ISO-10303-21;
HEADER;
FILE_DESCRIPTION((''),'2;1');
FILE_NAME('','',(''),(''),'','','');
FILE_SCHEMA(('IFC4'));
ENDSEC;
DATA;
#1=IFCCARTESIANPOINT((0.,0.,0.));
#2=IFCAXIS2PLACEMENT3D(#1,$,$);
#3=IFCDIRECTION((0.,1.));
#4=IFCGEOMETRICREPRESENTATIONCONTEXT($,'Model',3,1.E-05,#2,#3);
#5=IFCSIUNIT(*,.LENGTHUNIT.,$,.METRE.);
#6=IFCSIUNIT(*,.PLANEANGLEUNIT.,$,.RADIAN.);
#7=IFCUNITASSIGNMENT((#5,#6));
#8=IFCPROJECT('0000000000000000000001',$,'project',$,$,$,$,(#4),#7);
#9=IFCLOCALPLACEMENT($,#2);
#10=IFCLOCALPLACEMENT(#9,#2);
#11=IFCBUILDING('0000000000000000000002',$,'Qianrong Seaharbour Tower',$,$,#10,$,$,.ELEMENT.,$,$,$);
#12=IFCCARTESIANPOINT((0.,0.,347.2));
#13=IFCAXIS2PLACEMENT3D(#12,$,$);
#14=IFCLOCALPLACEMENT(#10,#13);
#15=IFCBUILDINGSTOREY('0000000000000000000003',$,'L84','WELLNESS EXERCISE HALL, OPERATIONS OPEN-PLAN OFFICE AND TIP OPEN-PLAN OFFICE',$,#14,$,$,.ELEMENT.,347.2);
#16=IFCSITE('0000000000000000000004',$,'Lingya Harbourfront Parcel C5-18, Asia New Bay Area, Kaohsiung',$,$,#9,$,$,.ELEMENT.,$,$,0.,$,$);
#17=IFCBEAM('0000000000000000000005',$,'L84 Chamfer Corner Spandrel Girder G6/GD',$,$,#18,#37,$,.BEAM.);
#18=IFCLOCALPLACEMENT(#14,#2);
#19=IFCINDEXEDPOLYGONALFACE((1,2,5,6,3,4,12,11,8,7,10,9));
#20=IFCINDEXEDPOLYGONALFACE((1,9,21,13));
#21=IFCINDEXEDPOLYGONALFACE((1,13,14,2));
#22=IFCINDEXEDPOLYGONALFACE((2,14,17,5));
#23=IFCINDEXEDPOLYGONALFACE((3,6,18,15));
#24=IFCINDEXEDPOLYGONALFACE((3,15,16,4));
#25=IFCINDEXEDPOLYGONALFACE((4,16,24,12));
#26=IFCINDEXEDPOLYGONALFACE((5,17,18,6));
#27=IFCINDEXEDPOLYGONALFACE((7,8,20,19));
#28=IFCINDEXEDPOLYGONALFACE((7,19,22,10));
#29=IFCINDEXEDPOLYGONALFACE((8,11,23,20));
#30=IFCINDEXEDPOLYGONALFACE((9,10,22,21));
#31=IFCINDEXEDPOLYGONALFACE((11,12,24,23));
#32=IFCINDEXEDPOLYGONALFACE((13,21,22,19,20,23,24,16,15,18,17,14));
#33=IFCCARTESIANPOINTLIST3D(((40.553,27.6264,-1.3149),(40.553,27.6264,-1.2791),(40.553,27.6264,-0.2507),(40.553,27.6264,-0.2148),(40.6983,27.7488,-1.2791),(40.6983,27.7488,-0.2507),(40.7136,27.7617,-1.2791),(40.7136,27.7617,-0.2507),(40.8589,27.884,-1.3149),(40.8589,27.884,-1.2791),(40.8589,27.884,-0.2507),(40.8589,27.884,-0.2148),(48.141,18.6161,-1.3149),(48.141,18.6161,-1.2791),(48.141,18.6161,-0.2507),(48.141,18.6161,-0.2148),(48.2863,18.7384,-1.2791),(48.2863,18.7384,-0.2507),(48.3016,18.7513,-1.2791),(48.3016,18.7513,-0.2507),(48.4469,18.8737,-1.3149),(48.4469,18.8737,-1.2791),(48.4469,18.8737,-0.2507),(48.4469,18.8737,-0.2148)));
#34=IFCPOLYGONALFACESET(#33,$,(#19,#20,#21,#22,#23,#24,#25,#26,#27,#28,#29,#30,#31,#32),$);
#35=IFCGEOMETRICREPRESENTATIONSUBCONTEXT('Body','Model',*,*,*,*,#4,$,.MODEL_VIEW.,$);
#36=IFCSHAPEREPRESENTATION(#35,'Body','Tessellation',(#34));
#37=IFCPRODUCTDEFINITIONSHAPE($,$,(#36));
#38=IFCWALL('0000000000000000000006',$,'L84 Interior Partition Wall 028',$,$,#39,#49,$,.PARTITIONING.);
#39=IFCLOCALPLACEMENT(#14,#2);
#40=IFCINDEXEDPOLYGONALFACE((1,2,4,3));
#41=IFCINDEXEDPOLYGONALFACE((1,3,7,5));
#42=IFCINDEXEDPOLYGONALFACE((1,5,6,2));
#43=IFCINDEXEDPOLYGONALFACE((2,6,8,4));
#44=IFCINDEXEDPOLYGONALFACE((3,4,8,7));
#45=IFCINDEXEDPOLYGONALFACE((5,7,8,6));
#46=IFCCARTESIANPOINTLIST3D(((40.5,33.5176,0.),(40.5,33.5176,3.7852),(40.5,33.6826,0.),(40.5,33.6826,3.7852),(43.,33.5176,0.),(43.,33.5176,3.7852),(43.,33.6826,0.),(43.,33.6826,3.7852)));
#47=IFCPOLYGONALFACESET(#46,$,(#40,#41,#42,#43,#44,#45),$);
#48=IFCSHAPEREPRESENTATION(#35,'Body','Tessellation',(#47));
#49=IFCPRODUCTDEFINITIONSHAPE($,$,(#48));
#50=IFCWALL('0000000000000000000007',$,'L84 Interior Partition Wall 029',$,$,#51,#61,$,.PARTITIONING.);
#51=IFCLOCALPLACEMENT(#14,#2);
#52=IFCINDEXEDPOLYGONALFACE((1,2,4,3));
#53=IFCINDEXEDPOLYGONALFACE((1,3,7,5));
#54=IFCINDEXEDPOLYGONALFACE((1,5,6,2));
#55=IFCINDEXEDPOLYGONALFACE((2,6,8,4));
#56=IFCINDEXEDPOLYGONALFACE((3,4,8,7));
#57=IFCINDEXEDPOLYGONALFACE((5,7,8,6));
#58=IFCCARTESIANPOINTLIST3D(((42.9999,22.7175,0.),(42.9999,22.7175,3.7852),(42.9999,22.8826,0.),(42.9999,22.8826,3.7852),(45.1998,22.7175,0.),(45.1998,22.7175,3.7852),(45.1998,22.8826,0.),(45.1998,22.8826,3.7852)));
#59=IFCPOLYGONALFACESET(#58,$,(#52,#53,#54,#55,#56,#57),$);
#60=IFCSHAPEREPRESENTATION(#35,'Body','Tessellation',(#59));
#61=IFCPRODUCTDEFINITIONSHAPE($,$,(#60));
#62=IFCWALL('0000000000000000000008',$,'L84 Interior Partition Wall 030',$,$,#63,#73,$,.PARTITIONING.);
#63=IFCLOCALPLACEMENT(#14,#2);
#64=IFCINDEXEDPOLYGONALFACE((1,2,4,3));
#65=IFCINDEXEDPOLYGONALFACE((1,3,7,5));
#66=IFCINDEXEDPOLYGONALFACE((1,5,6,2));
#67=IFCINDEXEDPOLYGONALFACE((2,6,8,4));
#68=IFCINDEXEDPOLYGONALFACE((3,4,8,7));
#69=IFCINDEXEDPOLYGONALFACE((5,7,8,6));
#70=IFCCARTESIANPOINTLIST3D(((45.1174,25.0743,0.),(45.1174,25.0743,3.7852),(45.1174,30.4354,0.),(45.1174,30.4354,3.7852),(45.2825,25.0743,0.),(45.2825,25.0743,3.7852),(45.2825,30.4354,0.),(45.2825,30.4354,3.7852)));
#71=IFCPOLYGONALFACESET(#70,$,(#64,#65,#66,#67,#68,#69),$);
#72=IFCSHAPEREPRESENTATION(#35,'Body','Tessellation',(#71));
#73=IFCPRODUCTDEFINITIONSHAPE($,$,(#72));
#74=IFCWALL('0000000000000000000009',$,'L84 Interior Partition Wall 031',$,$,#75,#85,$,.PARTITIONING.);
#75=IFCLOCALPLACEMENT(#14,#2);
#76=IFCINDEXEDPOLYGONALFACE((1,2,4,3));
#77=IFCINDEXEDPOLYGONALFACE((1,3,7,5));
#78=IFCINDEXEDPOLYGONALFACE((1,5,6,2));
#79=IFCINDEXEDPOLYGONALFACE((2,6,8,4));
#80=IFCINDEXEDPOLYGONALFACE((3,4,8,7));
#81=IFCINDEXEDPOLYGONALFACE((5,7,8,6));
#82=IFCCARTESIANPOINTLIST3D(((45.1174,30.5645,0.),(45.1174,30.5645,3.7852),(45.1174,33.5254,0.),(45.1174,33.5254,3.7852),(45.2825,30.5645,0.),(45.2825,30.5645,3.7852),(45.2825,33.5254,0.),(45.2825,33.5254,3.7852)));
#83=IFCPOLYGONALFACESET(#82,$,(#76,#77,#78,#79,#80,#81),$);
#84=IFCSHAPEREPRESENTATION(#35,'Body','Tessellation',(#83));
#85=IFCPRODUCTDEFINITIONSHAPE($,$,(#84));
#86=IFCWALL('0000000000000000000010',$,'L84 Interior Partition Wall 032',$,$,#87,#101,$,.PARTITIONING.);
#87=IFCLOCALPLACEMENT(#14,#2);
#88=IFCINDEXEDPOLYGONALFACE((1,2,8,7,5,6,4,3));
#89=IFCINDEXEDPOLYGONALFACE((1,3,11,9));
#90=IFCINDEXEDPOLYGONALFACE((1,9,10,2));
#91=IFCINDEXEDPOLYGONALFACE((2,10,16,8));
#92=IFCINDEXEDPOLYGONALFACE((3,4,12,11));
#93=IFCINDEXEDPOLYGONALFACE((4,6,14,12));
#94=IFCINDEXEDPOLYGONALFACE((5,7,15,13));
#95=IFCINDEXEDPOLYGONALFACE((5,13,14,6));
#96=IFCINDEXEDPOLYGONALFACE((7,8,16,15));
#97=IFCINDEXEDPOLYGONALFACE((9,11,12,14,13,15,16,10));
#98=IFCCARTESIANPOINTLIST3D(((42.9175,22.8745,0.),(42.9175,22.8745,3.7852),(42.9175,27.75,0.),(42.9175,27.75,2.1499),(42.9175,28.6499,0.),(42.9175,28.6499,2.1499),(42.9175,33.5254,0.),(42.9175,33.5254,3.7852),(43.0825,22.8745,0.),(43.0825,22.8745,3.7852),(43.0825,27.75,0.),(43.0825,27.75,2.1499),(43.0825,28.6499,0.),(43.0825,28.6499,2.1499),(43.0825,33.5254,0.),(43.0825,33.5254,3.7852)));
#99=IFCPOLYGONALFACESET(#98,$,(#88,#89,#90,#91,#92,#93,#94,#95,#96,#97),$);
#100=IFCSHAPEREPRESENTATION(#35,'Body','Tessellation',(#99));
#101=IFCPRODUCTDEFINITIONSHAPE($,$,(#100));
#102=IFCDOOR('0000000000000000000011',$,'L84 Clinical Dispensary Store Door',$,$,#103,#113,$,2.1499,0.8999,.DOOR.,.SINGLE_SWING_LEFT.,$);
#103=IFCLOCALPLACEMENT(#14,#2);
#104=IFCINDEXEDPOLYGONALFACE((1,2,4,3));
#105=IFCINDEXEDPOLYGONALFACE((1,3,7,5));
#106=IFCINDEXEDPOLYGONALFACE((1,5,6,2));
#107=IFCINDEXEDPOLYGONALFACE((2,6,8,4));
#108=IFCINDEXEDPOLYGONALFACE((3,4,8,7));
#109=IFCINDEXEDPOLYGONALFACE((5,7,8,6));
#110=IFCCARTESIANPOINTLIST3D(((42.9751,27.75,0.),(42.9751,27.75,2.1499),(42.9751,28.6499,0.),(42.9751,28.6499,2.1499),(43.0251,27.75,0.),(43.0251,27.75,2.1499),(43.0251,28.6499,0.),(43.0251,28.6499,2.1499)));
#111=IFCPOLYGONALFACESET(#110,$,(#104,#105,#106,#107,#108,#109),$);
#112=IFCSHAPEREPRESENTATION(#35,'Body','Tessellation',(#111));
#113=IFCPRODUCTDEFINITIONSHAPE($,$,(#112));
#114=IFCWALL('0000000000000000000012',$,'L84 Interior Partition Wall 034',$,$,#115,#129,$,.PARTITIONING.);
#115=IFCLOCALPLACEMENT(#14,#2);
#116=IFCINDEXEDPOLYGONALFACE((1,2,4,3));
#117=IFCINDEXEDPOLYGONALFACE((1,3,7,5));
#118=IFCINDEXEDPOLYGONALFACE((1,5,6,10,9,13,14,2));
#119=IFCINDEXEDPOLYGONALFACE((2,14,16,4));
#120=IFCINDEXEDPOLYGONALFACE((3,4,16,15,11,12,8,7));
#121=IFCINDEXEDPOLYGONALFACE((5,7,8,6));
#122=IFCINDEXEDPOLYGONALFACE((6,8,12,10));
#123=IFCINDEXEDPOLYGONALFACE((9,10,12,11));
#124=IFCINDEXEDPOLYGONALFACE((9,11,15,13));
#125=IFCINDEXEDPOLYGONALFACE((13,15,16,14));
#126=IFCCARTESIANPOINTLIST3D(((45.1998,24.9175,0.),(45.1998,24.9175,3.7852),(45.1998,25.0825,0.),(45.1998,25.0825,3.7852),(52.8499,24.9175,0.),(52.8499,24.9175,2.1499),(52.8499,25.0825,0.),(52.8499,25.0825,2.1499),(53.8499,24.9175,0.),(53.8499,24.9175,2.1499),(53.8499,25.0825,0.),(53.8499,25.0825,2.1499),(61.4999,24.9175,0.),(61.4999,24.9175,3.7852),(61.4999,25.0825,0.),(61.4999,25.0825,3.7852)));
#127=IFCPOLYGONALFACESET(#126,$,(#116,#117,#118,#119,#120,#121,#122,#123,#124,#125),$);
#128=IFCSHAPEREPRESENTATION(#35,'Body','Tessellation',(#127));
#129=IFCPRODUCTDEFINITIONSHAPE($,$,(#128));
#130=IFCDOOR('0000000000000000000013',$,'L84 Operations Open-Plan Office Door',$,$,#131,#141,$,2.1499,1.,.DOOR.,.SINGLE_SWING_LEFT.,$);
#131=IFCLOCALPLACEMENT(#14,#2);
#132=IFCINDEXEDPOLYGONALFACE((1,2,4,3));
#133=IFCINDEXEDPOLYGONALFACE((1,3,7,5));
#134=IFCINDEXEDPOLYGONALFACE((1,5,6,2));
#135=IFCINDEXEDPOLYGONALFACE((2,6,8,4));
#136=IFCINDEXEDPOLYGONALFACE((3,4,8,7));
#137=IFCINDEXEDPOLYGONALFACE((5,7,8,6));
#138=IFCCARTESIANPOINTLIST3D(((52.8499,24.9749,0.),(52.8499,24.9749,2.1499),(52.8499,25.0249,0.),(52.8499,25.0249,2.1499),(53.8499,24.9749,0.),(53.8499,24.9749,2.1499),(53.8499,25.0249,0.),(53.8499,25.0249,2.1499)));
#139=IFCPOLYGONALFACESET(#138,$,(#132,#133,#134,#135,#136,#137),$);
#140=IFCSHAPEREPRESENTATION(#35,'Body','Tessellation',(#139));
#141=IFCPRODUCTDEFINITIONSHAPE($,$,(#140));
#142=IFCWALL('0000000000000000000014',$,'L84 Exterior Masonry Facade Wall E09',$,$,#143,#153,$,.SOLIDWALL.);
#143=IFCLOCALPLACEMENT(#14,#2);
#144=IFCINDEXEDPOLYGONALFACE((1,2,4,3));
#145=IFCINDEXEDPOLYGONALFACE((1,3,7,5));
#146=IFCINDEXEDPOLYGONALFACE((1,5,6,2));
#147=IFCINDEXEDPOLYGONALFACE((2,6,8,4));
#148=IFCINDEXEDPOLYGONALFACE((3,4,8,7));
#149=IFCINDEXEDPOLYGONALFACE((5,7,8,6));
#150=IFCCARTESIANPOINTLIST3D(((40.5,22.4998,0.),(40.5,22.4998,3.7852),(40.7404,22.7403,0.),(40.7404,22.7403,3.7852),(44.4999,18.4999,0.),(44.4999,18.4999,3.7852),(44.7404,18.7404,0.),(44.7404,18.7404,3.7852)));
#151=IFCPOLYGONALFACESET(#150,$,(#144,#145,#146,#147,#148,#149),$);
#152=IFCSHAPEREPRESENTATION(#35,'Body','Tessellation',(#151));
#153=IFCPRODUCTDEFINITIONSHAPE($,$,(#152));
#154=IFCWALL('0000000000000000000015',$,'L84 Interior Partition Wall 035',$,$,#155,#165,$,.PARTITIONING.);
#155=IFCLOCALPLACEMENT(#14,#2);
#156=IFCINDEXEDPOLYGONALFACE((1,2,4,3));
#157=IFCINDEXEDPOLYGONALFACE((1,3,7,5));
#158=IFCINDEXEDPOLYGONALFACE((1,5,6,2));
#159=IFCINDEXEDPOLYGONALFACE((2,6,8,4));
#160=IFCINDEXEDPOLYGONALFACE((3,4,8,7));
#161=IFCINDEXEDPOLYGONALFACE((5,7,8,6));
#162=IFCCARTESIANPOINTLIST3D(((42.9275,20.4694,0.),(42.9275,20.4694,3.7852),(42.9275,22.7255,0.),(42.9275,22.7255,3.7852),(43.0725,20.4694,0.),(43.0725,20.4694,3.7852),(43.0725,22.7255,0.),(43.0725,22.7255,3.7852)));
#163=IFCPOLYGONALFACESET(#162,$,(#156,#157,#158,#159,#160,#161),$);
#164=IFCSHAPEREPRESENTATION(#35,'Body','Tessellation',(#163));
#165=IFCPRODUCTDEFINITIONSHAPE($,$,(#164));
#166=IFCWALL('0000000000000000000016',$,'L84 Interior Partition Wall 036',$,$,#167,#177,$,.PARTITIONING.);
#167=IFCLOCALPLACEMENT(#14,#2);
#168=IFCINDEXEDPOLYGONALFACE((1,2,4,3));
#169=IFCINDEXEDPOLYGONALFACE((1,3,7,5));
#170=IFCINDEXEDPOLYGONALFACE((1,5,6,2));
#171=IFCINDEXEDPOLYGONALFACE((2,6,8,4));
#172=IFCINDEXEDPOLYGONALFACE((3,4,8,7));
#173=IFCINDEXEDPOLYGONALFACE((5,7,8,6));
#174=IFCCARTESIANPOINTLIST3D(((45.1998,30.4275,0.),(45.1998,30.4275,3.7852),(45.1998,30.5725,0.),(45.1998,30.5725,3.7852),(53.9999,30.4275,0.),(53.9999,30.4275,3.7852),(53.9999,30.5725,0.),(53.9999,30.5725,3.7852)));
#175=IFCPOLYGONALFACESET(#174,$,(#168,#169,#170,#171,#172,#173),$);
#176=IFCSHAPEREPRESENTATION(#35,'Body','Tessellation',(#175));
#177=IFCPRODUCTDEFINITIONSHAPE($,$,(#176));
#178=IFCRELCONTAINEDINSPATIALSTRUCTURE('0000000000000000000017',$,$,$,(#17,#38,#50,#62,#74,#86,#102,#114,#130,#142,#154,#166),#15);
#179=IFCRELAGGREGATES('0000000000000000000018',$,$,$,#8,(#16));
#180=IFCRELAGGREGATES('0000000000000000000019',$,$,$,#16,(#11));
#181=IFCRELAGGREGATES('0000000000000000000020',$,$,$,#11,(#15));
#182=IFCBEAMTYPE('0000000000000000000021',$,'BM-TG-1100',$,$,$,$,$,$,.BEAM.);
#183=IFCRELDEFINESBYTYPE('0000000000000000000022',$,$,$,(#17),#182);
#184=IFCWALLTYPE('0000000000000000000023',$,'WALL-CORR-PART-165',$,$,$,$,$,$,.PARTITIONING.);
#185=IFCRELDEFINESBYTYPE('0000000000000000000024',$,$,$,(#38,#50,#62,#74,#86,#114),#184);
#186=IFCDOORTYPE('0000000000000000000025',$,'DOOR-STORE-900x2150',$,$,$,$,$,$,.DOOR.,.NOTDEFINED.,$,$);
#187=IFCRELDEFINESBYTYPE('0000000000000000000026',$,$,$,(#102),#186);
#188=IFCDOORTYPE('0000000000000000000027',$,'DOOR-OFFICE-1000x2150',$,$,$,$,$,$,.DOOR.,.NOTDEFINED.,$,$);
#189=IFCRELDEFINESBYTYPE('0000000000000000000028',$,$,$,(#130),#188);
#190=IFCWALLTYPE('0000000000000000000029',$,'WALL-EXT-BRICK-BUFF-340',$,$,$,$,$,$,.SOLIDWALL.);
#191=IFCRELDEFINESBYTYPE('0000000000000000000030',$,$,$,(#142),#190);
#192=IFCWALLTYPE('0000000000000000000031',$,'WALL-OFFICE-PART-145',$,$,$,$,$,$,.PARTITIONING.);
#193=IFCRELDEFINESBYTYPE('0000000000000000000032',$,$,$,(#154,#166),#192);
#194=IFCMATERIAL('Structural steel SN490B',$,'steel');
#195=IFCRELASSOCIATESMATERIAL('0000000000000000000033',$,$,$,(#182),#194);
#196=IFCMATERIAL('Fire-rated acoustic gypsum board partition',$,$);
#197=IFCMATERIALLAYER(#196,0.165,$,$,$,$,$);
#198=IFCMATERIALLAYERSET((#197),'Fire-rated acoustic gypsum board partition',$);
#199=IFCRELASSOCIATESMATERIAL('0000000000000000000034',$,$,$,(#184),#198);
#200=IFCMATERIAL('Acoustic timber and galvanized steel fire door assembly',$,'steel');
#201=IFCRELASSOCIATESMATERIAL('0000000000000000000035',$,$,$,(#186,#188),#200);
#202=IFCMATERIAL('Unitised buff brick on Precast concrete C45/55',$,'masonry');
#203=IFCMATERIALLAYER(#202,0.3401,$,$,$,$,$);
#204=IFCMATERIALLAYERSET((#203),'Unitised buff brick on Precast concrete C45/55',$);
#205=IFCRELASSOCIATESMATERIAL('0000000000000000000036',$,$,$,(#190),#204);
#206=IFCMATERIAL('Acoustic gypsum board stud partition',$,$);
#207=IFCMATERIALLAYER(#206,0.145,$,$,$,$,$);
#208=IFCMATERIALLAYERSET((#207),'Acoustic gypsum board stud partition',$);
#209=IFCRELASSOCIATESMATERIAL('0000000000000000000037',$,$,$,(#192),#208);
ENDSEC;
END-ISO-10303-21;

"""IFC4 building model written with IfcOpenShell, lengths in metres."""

from ifc_helpers import new_model, si_unit, direction, frame, frame_2d, origin, origin_2d, place, context, subcontext, project, spatial, rectangle, i_section, extrude, material, layer, layer_set, material_profile, profile_set, type_object, element, fill, save


model = new_model("IFC4")

# Units and contexts
model_context = context("Model", 3, precision=1e-05, world=origin(), true_north=direction((0.0, 1.0)))
body_context = subcontext(model_context, "Body", "Model", "MODEL_VIEW")
ifc_project = project(units=[si_unit("LENGTHUNIT", "METRE"), si_unit("PLANEANGLEUNIT", "RADIAN")], contexts=[model_context])

# Site, building, storey
site_placement = place(None, origin())
site = spatial("IfcSite", under=ifc_project, at=site_placement, Name="Lingya Harbourfront Parcel C5-18, Asia New Bay Area, Kaohsiung", CompositionType="ELEMENT", RefElevation=0.0)
building_placement = place(site_placement, origin())
building = spatial("IfcBuilding", under=site, at=building_placement, Name="Qianrong Seaharbour Tower", CompositionType="ELEMENT")
storey_placement = place(building_placement, frame((0.0, 0.0, 347.2)))
storey = spatial("IfcBuildingStorey", under=building, at=storey_placement, Name="L84", Description="WELLNESS EXERCISE HALL, OPERATIONS OPEN-PLAN OFFICE AND TIP OPEN-PLAN OFFICE", CompositionType="ELEMENT", Elevation=347.2)

# Beam
ifc_material_1 = material(Name="Structural steel SN490B", Category="steel")
ifc_material_profile_1 = material_profile(ifc_material_1, i_section(OverallWidth=0.3999, OverallDepth=1.1001, WebThickness=0.02, FlangeThickness=0.0359, at=origin_2d()), Name="BH1100x400x20x36")
ifc_profile_set_1 = profile_set([ifc_material_profile_1], Name="Structural steel SN490B")
beam_type_1 = type_object("IfcBeamType", Name="BM-TG-1100", PredefinedType="BEAM", material=ifc_profile_set_1)
beam_1_placement = place(storey_placement, frame((48.2939, 18.7449, -0.7649), z_axis=(-0.644151, 0.764898, 0.0), x_axis=(-0.764898, -0.644151, 0.0)))
element("IfcBeam", 1, at=beam_1_placement, inside=storey, type_object=beam_type_1, Name="L84 Chamfer Corner Spandrel Girder G6/GD", PredefinedType="BEAM", context=body_context, shape_type="SweptSolid", body=[
    extrude(i_section(OverallWidth=0.3999, OverallDepth=1.1001, WebThickness=0.02, FlangeThickness=0.0359, at=origin_2d()), origin(), (0.0, 0.0, 1.0), 11.7798),
])

# Shared definitions
ifc_material_2 = material(Name="Fire-rated acoustic gypsum board partition")
ifc_layer_1 = layer(ifc_material_2, 0.165)
ifc_layer_set_1 = layer_set([ifc_layer_1], Name="Fire-rated acoustic gypsum board partition")
wall_type_1 = type_object("IfcWallType", Name="WALL-CORR-PART-165", PredefinedType="PARTITIONING", material=ifc_layer_set_1)
ifc_material_3 = material(Name="Acoustic timber and galvanized steel fire door assembly", Category="steel")
door_type_1 = type_object("IfcDoorType", Name="DOOR-STORE-900x2150", OperationType="NOTDEFINED", PredefinedType="DOOR", material=ifc_material_3)

# Walls
wall_1_placement = place(storey_placement, frame((43.0, 33.6001, 0.0), z_axis=(0.0, 0.0, 1.0), x_axis=(-1.0, 0.0, 0.0)))
element("IfcWall", 2, at=wall_1_placement, inside=storey, type_object=wall_type_1, Name="L84 Interior Partition Wall 028", PredefinedType="PARTITIONING", context=body_context, shape_type="SweptSolid", body=[
    extrude(rectangle(XDim=2.5, YDim=0.165, at=frame_2d((1.25, 0.0))), origin(), (0.0, 0.0, 1.0), 3.7852),
])
wall_2_placement = place(storey_placement, frame((45.2, 22.8, 0.0), z_axis=(0.0, 0.0, 1.0), x_axis=(-1.0, 0.0, 0.0)))
element("IfcWall", 3, at=wall_2_placement, inside=storey, type_object=wall_type_1, Name="L84 Interior Partition Wall 029", PredefinedType="PARTITIONING", context=body_context, shape_type="SweptSolid", body=[
    extrude(rectangle(XDim=2.2, YDim=0.165, at=frame_2d((1.1001, 0.0))), origin(), (0.0, 0.0, 1.0), 3.7852),
])
wall_3_placement = place(storey_placement, frame((45.2, 30.4355, 0.0), z_axis=(0.0, 0.0, 1.0), x_axis=(0.0, -1.0, 0.0)))
element("IfcWall", 4, at=wall_3_placement, inside=storey, type_object=wall_type_1, Name="L84 Interior Partition Wall 030", PredefinedType="PARTITIONING", context=body_context, shape_type="SweptSolid", body=[
    extrude(rectangle(XDim=5.3611, YDim=0.165, at=frame_2d((2.6807, 0.0))), origin(), (0.0, 0.0, 1.0), 3.7852),
])
wall_4_placement = place(storey_placement, frame((45.2, 33.5254, 0.0), z_axis=(0.0, 0.0, 1.0), x_axis=(0.0, -1.0, 0.0)))
element("IfcWall", 5, at=wall_4_placement, inside=storey, type_object=wall_type_1, Name="L84 Interior Partition Wall 031", PredefinedType="PARTITIONING", context=body_context, shape_type="SweptSolid", body=[
    extrude(rectangle(XDim=2.9609, YDim=0.165, at=frame_2d((1.4805, 0.0))), origin(), (0.0, 0.0, 1.0), 3.7852),
])

# Walls, openings, doors
wall_5_placement = place(storey_placement, frame((43.0, 22.8745, 0.0), z_axis=(0.0, 0.0, 1.0), x_axis=(0.0, 1.0, 0.0)))
wall_5 = element("IfcWall", 6, at=wall_5_placement, inside=storey, type_object=wall_type_1, Name="L84 Interior Partition Wall 032", PredefinedType="PARTITIONING", context=body_context, shape_type="SweptSolid", body=[
    extrude(rectangle(XDim=10.6509, YDim=0.165, at=frame_2d((5.3254, 0.0))), origin(), (0.0, 0.0, 1.0), 3.7852),
])
opening_1_placement = place(wall_5_placement, frame((4.8755, 0.0, 0.0)))
opening_1 = element("IfcOpeningElement", 7, at=opening_1_placement, cuts=wall_5, PredefinedType="OPENING", context=body_context, shape_type="SweptSolid", body=[
    extrude(rectangle(XDim=0.8999, YDim=2.1499, at=frame_2d((0.45, 1.075))), frame((0.0, 0.0925, 0.0), z_axis=(0.0, -1.0, 0.0), x_axis=(1.0, 0.0, 0.0)), (0.0, 0.0, 1.0), 0.1851),
])
door_1_placement = place(opening_1_placement, origin())
door_1 = element("IfcDoor", 8, at=door_1_placement, inside=storey, type_object=door_type_1, Name="L84 Clinical Dispensary Store Door", OperationType="SINGLE_SWING_LEFT", OverallHeight=2.1499, OverallWidth=0.8999, PredefinedType="DOOR", context=body_context, shape_type="SweptSolid", body=[
    extrude(rectangle(XDim=0.8999, YDim=2.1499, at=frame_2d((0.45, 1.075))), frame((0.0, 0.0249, 0.0), z_axis=(0.0, -1.0, 0.0), x_axis=(1.0, 0.0, 0.0)), (0.0, 0.0, 1.0), 0.05),
])
fill(opening_1, door_1)
wall_6_placement = place(storey_placement, frame((45.2, 25.0, 0.0), z_axis=(0.0, 0.0, 1.0), x_axis=(1.0, 0.0, 0.0)))
wall_6 = element("IfcWall", 9, at=wall_6_placement, inside=storey, type_object=wall_type_1, Name="L84 Interior Partition Wall 034", PredefinedType="PARTITIONING", context=body_context, shape_type="SweptSolid", body=[
    extrude(rectangle(XDim=16.3, YDim=0.165, at=frame_2d((8.1499, 0.0))), origin(), (0.0, 0.0, 1.0), 3.7852),
])
opening_2_placement = place(wall_6_placement, frame((7.6499, 0.0, 0.0)))
opening_2 = element("IfcOpeningElement", 10, at=opening_2_placement, cuts=wall_6, PredefinedType="OPENING", context=body_context, shape_type="SweptSolid", body=[
    extrude(rectangle(XDim=1.0, YDim=2.1499, at=frame_2d((0.5, 1.075))), frame((0.0, 0.0925, 0.0), z_axis=(0.0, -1.0, 0.0), x_axis=(1.0, 0.0, 0.0)), (0.0, 0.0, 1.0), 0.1851),
])
door_type_2 = type_object("IfcDoorType", Name="DOOR-OFFICE-1000x2150", OperationType="NOTDEFINED", PredefinedType="DOOR", material=ifc_material_3)
door_2_placement = place(opening_2_placement, origin())
door_2 = element("IfcDoor", 11, at=door_2_placement, inside=storey, type_object=door_type_2, Name="L84 Operations Open-Plan Office Door", OperationType="SINGLE_SWING_LEFT", OverallHeight=2.1499, OverallWidth=1.0, PredefinedType="DOOR", context=body_context, shape_type="SweptSolid", body=[
    extrude(rectangle(XDim=1.0, YDim=2.1499, at=frame_2d((0.5, 1.075))), frame((0.0, 0.0249, 0.0), z_axis=(0.0, -1.0, 0.0), x_axis=(1.0, 0.0, 0.0)), (0.0, 0.0, 1.0), 0.05),
])
fill(opening_2, door_2)

# Walls
ifc_material_4 = material(Name="Unitised buff brick on Precast concrete C45/55", Category="masonry")
ifc_layer_2 = layer(ifc_material_4, 0.3401)
ifc_layer_set_2 = layer_set([ifc_layer_2], Name="Unitised buff brick on Precast concrete C45/55")
wall_type_2 = type_object("IfcWallType", Name="WALL-EXT-BRICK-BUFF-340", PredefinedType="SOLIDWALL", material=ifc_layer_set_2)
wall_7_placement = place(storey_placement, frame((44.6201, 18.6201, 0.0), z_axis=(0.0, 0.0, 1.0), x_axis=(-0.707107, 0.707107, 0.0)))
element("IfcWall", 12, at=wall_7_placement, inside=storey, type_object=wall_type_2, Name="L84 Exterior Masonry Facade Wall E09", PredefinedType="SOLIDWALL", context=body_context, shape_type="SweptSolid", body=[
    extrude(rectangle(XDim=5.6567, YDim=0.3401, at=frame_2d((2.8284, 0.0))), origin(), (0.0, 0.0, 1.0), 3.7852),
])
ifc_material_5 = material(Name="Acoustic gypsum board stud partition")
ifc_layer_3 = layer(ifc_material_5, 0.145)
ifc_layer_set_3 = layer_set([ifc_layer_3], Name="Acoustic gypsum board stud partition")
wall_type_3 = type_object("IfcWallType", Name="WALL-OFFICE-PART-145", PredefinedType="PARTITIONING", material=ifc_layer_set_3)
wall_8_placement = place(storey_placement, frame((43.0, 20.4695, 0.0), z_axis=(0.0, 0.0, 1.0), x_axis=(0.0, 1.0, 0.0)))
element("IfcWall", 13, at=wall_8_placement, inside=storey, type_object=wall_type_3, Name="L84 Interior Partition Wall 035", PredefinedType="PARTITIONING", context=body_context, shape_type="SweptSolid", body=[
    extrude(rectangle(XDim=2.2561, YDim=0.145, at=frame_2d((1.1279, 0.0))), origin(), (0.0, 0.0, 1.0), 3.7852),
])
wall_9_placement = place(storey_placement, frame((45.2, 30.5, 0.0), z_axis=(0.0, 0.0, 1.0), x_axis=(1.0, 0.0, 0.0)))
element("IfcWall", 14, at=wall_9_placement, inside=storey, type_object=wall_type_3, Name="L84 Interior Partition Wall 036", PredefinedType="PARTITIONING", context=body_context, shape_type="SweptSolid", body=[
    extrude(rectangle(XDim=8.8, YDim=0.145, at=frame_2d((4.3999, 0.0))), origin(), (0.0, 0.0, 1.0), 3.7852),
])

save(model, "model.ifc")
